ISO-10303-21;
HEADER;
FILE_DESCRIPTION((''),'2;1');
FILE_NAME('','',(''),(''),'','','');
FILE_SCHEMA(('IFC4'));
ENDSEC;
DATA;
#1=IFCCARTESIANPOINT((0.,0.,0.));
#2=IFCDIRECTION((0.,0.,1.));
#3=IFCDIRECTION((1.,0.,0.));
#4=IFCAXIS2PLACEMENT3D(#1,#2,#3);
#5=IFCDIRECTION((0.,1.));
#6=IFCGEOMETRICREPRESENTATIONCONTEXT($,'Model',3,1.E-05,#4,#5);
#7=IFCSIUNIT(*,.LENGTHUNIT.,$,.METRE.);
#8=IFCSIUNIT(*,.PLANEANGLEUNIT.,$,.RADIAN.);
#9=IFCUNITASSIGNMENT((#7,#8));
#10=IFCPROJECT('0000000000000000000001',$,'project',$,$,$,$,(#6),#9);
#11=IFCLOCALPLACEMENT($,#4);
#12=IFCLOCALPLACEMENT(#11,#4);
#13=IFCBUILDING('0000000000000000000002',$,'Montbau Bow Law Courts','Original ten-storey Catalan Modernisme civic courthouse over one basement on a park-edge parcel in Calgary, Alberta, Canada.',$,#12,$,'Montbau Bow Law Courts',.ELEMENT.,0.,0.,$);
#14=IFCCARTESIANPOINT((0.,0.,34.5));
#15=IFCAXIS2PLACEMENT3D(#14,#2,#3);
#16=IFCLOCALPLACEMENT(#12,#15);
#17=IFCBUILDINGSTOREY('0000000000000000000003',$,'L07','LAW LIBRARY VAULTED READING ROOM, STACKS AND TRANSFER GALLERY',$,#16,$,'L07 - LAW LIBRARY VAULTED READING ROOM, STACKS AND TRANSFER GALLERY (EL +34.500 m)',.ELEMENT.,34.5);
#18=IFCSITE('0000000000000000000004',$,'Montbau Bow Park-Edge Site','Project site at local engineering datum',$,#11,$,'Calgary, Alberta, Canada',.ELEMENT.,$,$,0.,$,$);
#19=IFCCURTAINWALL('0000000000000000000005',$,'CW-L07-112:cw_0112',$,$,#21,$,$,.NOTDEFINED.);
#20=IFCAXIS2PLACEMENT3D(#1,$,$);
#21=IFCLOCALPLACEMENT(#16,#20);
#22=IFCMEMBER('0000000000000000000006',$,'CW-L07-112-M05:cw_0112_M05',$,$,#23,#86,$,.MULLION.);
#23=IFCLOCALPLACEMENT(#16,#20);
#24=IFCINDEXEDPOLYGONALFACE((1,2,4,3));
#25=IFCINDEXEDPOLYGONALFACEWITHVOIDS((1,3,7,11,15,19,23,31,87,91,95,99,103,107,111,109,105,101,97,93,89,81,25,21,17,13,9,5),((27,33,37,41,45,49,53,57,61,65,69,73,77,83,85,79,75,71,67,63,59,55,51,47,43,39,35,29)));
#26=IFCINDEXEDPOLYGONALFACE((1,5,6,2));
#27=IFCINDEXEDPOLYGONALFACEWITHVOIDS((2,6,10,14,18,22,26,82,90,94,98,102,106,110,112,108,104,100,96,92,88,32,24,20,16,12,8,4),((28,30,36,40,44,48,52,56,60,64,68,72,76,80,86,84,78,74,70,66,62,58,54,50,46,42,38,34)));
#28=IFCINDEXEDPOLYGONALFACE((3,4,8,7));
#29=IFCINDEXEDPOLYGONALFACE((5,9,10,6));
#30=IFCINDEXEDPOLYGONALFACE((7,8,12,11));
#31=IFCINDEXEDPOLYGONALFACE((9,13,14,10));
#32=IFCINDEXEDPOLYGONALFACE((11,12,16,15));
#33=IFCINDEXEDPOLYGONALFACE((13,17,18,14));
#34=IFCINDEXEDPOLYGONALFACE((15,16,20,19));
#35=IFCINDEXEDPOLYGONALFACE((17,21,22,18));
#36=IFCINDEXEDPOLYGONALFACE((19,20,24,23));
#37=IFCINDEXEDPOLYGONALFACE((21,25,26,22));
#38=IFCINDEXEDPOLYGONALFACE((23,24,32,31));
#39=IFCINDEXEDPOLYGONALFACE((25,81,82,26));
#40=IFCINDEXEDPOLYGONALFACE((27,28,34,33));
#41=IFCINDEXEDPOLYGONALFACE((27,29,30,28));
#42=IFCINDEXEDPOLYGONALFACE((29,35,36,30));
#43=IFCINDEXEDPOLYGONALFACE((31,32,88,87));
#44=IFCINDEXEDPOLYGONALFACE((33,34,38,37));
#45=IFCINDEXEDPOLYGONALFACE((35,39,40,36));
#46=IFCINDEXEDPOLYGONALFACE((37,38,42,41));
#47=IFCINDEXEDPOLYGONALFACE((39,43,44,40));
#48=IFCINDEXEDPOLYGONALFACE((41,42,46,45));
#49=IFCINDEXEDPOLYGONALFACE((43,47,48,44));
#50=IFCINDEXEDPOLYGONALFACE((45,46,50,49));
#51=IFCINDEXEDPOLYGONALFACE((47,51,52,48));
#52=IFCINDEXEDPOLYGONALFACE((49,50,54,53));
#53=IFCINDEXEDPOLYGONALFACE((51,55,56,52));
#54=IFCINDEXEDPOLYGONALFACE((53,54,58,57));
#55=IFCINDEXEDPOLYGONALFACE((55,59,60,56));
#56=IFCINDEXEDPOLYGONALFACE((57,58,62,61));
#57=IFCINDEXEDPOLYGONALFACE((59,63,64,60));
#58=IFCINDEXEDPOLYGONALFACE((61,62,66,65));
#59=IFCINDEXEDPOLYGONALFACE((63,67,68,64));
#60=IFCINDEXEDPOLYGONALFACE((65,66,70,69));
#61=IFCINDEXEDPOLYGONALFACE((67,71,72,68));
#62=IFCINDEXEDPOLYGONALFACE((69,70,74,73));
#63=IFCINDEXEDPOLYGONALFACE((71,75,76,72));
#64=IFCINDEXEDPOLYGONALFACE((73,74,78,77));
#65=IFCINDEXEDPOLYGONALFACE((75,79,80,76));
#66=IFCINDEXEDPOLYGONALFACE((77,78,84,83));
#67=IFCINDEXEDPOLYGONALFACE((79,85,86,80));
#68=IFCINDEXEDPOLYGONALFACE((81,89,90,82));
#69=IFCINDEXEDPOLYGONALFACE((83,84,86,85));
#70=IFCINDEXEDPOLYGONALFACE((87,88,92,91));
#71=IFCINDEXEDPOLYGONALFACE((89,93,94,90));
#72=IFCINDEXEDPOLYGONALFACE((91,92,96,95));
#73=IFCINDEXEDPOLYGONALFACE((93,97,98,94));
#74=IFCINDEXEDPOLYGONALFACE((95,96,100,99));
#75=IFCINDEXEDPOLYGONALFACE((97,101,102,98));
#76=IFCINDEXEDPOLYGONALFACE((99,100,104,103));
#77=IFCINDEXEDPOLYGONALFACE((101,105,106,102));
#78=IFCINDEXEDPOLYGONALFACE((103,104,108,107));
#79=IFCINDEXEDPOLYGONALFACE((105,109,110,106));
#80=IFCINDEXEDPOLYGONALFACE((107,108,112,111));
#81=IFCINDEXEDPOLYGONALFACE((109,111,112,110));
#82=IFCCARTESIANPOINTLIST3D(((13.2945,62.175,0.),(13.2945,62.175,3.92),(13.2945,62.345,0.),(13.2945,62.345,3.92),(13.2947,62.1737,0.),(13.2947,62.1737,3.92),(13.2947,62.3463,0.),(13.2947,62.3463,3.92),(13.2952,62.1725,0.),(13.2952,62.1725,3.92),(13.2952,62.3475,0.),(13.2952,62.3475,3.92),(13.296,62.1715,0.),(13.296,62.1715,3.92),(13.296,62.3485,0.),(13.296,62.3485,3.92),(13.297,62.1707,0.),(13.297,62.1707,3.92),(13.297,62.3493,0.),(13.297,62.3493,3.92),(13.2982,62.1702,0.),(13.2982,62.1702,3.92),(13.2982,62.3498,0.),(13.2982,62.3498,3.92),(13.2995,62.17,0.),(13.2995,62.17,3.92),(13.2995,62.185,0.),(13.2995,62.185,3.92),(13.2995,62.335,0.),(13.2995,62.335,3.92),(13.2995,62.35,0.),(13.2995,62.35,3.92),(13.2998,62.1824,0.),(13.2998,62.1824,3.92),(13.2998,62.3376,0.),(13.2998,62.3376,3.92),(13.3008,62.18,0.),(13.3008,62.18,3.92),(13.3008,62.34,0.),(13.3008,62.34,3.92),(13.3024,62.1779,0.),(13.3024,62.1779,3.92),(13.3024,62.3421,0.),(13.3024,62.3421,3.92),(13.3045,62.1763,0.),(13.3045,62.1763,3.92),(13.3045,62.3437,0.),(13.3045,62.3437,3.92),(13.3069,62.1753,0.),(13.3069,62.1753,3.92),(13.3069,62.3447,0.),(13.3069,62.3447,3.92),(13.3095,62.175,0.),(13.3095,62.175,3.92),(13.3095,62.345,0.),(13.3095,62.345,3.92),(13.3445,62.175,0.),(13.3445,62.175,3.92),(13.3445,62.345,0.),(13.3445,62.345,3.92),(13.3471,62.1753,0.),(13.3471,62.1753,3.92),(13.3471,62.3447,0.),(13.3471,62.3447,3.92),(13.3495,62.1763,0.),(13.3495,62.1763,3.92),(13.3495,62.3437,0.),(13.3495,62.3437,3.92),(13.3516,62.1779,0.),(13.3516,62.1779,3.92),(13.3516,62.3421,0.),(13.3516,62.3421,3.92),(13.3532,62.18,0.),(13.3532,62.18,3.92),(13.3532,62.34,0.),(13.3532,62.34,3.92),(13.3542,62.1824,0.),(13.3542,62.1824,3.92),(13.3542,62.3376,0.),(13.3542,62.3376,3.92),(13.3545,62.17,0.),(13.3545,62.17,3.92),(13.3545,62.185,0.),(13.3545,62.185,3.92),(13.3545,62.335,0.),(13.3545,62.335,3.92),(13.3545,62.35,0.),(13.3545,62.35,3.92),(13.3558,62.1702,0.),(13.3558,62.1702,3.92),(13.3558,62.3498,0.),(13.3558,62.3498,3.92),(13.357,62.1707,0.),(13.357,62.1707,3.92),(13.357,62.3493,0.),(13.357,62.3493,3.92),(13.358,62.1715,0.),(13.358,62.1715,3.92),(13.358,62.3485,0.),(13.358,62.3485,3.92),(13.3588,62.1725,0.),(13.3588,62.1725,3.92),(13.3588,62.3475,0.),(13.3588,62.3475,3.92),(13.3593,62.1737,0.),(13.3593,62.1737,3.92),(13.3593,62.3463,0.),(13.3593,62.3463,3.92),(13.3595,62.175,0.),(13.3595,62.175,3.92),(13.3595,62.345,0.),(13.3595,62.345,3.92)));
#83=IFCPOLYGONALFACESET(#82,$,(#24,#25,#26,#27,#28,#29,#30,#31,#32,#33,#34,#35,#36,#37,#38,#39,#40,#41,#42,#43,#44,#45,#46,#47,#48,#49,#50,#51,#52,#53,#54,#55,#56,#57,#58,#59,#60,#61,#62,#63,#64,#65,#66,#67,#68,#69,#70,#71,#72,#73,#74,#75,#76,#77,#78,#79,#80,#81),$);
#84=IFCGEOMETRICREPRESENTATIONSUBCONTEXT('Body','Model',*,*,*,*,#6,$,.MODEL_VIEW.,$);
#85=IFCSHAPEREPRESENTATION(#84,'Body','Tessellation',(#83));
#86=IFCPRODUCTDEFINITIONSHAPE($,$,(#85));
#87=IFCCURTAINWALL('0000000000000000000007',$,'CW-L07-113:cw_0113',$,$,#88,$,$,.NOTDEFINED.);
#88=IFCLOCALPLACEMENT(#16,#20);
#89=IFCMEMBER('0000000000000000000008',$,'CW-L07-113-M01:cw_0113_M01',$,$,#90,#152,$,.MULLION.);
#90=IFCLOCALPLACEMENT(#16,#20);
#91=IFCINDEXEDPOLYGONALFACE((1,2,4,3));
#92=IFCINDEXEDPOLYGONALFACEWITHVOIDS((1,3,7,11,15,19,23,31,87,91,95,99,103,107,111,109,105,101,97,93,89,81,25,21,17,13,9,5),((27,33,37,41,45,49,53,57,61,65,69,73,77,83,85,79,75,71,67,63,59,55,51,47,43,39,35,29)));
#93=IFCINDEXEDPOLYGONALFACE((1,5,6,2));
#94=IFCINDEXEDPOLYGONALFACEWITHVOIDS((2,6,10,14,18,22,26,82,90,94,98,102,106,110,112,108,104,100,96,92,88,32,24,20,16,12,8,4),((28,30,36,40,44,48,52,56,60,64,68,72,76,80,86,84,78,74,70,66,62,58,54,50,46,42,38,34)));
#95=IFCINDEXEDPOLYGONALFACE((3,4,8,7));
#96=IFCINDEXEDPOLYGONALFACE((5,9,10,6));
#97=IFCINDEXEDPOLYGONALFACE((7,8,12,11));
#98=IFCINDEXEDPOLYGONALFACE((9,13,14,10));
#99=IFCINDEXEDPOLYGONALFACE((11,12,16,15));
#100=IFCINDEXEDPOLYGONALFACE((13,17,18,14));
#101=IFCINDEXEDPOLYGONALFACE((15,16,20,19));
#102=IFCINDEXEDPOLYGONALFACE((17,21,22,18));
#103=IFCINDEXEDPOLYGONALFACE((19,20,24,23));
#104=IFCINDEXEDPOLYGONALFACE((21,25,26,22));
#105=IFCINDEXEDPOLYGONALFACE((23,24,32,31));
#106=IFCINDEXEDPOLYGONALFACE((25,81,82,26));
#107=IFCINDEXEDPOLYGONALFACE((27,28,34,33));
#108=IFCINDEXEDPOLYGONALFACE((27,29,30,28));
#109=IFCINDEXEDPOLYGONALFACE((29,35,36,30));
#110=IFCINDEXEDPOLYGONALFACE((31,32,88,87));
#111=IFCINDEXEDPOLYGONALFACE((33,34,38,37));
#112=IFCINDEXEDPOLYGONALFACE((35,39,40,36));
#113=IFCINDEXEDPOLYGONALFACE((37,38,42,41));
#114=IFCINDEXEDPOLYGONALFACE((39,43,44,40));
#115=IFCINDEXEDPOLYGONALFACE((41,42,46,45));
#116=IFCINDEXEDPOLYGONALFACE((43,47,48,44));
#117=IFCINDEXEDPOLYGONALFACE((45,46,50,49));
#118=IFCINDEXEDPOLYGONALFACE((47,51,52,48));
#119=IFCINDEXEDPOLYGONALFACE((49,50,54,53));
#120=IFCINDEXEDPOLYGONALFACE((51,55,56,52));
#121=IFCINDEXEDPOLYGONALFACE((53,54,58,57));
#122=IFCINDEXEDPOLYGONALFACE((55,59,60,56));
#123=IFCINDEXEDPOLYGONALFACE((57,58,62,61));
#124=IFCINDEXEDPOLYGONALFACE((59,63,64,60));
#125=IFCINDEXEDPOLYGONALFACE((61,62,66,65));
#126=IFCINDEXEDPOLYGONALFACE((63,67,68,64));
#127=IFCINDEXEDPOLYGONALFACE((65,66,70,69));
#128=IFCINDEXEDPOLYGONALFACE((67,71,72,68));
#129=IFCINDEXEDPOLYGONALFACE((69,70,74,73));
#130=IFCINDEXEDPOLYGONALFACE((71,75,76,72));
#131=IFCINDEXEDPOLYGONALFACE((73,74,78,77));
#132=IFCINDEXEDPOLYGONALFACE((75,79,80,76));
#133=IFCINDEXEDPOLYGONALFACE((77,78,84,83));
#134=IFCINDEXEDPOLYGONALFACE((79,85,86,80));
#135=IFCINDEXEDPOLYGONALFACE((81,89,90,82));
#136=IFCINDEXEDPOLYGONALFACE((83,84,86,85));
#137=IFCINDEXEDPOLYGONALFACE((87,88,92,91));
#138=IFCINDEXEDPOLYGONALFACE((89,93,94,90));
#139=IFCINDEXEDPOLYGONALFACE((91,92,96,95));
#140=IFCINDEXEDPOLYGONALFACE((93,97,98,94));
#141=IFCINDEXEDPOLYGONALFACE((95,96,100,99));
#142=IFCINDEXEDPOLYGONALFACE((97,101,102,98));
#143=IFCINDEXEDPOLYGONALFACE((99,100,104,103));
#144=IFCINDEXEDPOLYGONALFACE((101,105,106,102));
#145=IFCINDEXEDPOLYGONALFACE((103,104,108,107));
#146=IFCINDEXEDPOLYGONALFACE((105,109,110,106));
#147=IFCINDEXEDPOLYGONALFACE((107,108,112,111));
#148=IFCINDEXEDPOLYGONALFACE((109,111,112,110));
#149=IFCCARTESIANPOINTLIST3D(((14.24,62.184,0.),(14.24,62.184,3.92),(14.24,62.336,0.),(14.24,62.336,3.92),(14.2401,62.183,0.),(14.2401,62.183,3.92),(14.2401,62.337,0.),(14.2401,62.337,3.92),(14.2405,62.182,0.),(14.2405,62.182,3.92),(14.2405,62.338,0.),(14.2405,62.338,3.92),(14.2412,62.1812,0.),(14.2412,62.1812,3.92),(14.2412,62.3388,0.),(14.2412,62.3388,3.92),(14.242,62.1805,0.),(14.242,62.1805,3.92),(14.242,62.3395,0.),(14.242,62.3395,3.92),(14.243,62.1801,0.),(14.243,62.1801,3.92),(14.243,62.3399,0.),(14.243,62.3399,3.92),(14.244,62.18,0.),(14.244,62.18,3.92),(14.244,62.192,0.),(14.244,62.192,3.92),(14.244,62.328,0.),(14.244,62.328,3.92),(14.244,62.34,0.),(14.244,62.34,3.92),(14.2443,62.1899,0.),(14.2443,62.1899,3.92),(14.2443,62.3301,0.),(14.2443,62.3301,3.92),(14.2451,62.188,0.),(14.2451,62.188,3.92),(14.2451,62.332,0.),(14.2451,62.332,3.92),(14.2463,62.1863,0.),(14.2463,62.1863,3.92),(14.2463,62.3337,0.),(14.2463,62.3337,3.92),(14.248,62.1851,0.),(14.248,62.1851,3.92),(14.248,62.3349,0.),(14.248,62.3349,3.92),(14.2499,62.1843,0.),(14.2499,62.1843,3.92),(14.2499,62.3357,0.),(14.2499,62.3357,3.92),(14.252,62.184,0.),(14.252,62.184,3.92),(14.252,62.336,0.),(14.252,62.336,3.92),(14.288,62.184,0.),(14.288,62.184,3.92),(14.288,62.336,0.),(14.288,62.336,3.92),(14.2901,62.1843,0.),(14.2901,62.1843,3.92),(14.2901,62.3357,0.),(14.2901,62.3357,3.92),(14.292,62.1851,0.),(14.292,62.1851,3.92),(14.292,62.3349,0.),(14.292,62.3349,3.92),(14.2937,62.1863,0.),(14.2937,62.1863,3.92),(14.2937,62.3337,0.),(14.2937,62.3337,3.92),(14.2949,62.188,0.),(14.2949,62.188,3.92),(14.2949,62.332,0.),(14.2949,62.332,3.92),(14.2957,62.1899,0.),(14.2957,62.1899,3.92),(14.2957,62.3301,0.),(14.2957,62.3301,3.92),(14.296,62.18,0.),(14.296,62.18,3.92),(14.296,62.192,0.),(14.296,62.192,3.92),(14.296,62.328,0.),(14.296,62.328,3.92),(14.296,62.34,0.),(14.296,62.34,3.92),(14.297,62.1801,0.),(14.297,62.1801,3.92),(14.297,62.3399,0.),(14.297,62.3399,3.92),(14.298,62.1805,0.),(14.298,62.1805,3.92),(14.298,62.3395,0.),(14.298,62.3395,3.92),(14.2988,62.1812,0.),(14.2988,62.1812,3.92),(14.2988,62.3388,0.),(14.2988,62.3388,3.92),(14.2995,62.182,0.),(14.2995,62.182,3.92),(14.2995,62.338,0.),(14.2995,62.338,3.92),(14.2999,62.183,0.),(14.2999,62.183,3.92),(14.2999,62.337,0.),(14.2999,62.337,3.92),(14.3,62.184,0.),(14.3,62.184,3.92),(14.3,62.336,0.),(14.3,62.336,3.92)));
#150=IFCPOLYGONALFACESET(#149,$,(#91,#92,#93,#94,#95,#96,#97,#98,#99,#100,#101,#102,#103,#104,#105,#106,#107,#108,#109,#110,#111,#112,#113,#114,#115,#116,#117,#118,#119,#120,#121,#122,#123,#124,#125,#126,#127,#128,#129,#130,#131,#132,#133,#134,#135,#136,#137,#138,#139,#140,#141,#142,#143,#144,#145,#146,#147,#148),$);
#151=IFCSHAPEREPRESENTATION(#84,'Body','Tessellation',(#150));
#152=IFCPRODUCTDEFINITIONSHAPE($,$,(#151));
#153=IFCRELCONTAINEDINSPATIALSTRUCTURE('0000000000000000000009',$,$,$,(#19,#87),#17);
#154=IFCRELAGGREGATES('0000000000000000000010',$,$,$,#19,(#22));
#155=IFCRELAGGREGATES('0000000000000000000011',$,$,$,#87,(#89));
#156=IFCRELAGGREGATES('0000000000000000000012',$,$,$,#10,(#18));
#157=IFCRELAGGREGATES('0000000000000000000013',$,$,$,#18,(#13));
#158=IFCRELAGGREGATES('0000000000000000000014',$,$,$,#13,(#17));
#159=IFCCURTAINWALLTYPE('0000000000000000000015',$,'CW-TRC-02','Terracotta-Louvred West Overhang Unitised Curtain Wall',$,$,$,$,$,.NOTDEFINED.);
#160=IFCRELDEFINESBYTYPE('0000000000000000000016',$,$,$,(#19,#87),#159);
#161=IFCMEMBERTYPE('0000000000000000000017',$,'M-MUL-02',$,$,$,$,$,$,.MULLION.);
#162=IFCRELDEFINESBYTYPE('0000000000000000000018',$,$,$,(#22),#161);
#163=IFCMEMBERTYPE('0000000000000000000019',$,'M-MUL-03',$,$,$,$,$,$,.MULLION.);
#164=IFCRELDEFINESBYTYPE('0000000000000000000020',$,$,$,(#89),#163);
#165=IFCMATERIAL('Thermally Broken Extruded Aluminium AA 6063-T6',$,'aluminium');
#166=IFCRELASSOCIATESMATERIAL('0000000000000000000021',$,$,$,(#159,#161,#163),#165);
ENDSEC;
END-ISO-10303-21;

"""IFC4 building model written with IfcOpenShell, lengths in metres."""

from ifc_helpers import new_model, si_unit, direction, frame, origin_with_axes, origin_2d_with_axis, place, context, subcontext, project, spatial, hollow_rectangle, extrude, material, material_profile, profile_set, type_object, element, aggregate, save


model = new_model("IFC4")

# Units and contexts
model_context = context("Model", 3, precision=1e-05, world=origin_with_axes(), true_north=direction((0.0, 1.0)))
body_context = subcontext(model_context, "Body", "Model", "MODEL_VIEW")
ifc_project = project(units=[si_unit("LENGTHUNIT", "METRE"), si_unit("PLANEANGLEUNIT", "RADIAN")], contexts=[model_context])

# Site, building, storey
site_placement = place(None, origin_with_axes())
site = spatial("IfcSite", under=ifc_project, at=site_placement, Name="Montbau Bow Park-Edge Site", Description="Project site at local engineering datum", LongName="Calgary, Alberta, Canada", CompositionType="ELEMENT", RefElevation=0.0)
building_placement = place(site_placement, origin_with_axes())
building = spatial("IfcBuilding", under=site, at=building_placement, Name="Montbau Bow Law Courts", Description="Original ten-storey Catalan Modernisme civic courthouse over one basement on a park-edge parcel in Calgary, Alberta, Canada.", LongName="Montbau Bow Law Courts", CompositionType="ELEMENT", ElevationOfRefHeight=0.0, ElevationOfTerrain=0.0)
storey_placement = place(building_placement, frame((0.0, 0.0, 34.5), z_axis=(0.0, 0.0, 1.0), x_axis=(1.0, 0.0, 0.0)))
storey = spatial("IfcBuildingStorey", under=building, at=storey_placement, Name="L07", Description="LAW LIBRARY VAULTED READING ROOM, STACKS AND TRANSFER GALLERY", LongName="L07 - LAW LIBRARY VAULTED READING ROOM, STACKS AND TRANSFER GALLERY (EL +34.500 m)", CompositionType="ELEMENT", Elevation=34.5)

# Curtain wall, member
ifc_material_1 = material(Name="Thermally Broken Extruded Aluminium AA 6063-T6", Category="aluminium")
curtain_wall_type = type_object("IfcCurtainWallType", Name="CW-TRC-02", Description="Terracotta-Louvred West Overhang Unitised Curtain Wall", PredefinedType="NOTDEFINED", material=ifc_material_1)
curtain_wall_1_placement = place(None, frame((7.315, 62.26, 34.5), z_axis=(0.0, 0.0, 1.0), x_axis=(1.0, 0.0, 0.0)))
curtain_wall_1 = element("IfcCurtainWall", 1, at=curtain_wall_1_placement, inside=storey, type_object=curtain_wall_type, Name="CW-L07-112:cw_0112", PredefinedType="NOTDEFINED")
ifc_material_profile_1 = material_profile(ifc_material_1, hollow_rectangle(XDim=0.065, YDim=0.18, WallThickness=0.005, InnerFilletRadius=0.01, OuterFilletRadius=0.005, at=origin_2d_with_axis()), Name="CWM-180X65", Category="Main", Priority=0)
ifc_profile_set_1 = profile_set([ifc_material_profile_1], Name="Thermally Broken Extruded Aluminium AA 6063-T6")
member_type_1 = type_object("IfcMemberType", Name="M-MUL-02", PredefinedType="MULLION", material=ifc_profile_set_1)
member_1_placement = place(None, frame((13.327, 62.26, 34.5), z_axis=(0.0, 0.0, 1.0), x_axis=(1.0, 0.0, 0.0)))
member_1 = element("IfcMember", 2, at=member_1_placement, type_object=member_type_1, Name="CW-L07-112-M05:cw_0112_M05", PredefinedType="MULLION", context=body_context, shape_type="SweptSolid", body=[
    extrude(hollow_rectangle(XDim=0.065, YDim=0.18, WallThickness=0.005, InnerFilletRadius=0.01, OuterFilletRadius=0.005, at=origin_2d_with_axis()), origin_with_axes(), (0.0, 0.0, 1.0), 3.92),
])

# Curtain wall, member
curtain_wall_2_placement = place(None, frame((14.24, 62.26, 34.5), z_axis=(0.0, 0.0, 1.0), x_axis=(1.0, 0.0, 0.0)))
curtain_wall_2 = element("IfcCurtainWall", 3, at=curtain_wall_2_placement, inside=storey, type_object=curtain_wall_type, Name="CW-L07-113:cw_0113", PredefinedType="NOTDEFINED")
ifc_material_profile_2 = material_profile(ifc_material_1, hollow_rectangle(XDim=0.06, YDim=0.16, WallThickness=0.004, InnerFilletRadius=0.008, OuterFilletRadius=0.004, at=origin_2d_with_axis()), Name="CWM-160X60", Category="Main", Priority=0)
ifc_profile_set_2 = profile_set([ifc_material_profile_2], Name="Thermally Broken Extruded Aluminium AA 6063-T6")
member_type_2 = type_object("IfcMemberType", Name="M-MUL-03", PredefinedType="MULLION", material=ifc_profile_set_2)
member_2_placement = place(None, frame((14.27, 62.26, 34.5), z_axis=(0.0, 0.0, 1.0), x_axis=(1.0, 0.0, 0.0)))
member_2 = element("IfcMember", 4, at=member_2_placement, type_object=member_type_2, Name="CW-L07-113-M01:cw_0113_M01", PredefinedType="MULLION", context=body_context, shape_type="SweptSolid", body=[
    extrude(hollow_rectangle(XDim=0.06, YDim=0.16, WallThickness=0.004, InnerFilletRadius=0.008, OuterFilletRadius=0.004, at=origin_2d_with_axis()), origin_with_axes(), (0.0, 0.0, 1.0), 3.92),
])

aggregate(curtain_wall_1, [member_1])

aggregate(curtain_wall_2, [member_2])

save(model, "model.ifc")
